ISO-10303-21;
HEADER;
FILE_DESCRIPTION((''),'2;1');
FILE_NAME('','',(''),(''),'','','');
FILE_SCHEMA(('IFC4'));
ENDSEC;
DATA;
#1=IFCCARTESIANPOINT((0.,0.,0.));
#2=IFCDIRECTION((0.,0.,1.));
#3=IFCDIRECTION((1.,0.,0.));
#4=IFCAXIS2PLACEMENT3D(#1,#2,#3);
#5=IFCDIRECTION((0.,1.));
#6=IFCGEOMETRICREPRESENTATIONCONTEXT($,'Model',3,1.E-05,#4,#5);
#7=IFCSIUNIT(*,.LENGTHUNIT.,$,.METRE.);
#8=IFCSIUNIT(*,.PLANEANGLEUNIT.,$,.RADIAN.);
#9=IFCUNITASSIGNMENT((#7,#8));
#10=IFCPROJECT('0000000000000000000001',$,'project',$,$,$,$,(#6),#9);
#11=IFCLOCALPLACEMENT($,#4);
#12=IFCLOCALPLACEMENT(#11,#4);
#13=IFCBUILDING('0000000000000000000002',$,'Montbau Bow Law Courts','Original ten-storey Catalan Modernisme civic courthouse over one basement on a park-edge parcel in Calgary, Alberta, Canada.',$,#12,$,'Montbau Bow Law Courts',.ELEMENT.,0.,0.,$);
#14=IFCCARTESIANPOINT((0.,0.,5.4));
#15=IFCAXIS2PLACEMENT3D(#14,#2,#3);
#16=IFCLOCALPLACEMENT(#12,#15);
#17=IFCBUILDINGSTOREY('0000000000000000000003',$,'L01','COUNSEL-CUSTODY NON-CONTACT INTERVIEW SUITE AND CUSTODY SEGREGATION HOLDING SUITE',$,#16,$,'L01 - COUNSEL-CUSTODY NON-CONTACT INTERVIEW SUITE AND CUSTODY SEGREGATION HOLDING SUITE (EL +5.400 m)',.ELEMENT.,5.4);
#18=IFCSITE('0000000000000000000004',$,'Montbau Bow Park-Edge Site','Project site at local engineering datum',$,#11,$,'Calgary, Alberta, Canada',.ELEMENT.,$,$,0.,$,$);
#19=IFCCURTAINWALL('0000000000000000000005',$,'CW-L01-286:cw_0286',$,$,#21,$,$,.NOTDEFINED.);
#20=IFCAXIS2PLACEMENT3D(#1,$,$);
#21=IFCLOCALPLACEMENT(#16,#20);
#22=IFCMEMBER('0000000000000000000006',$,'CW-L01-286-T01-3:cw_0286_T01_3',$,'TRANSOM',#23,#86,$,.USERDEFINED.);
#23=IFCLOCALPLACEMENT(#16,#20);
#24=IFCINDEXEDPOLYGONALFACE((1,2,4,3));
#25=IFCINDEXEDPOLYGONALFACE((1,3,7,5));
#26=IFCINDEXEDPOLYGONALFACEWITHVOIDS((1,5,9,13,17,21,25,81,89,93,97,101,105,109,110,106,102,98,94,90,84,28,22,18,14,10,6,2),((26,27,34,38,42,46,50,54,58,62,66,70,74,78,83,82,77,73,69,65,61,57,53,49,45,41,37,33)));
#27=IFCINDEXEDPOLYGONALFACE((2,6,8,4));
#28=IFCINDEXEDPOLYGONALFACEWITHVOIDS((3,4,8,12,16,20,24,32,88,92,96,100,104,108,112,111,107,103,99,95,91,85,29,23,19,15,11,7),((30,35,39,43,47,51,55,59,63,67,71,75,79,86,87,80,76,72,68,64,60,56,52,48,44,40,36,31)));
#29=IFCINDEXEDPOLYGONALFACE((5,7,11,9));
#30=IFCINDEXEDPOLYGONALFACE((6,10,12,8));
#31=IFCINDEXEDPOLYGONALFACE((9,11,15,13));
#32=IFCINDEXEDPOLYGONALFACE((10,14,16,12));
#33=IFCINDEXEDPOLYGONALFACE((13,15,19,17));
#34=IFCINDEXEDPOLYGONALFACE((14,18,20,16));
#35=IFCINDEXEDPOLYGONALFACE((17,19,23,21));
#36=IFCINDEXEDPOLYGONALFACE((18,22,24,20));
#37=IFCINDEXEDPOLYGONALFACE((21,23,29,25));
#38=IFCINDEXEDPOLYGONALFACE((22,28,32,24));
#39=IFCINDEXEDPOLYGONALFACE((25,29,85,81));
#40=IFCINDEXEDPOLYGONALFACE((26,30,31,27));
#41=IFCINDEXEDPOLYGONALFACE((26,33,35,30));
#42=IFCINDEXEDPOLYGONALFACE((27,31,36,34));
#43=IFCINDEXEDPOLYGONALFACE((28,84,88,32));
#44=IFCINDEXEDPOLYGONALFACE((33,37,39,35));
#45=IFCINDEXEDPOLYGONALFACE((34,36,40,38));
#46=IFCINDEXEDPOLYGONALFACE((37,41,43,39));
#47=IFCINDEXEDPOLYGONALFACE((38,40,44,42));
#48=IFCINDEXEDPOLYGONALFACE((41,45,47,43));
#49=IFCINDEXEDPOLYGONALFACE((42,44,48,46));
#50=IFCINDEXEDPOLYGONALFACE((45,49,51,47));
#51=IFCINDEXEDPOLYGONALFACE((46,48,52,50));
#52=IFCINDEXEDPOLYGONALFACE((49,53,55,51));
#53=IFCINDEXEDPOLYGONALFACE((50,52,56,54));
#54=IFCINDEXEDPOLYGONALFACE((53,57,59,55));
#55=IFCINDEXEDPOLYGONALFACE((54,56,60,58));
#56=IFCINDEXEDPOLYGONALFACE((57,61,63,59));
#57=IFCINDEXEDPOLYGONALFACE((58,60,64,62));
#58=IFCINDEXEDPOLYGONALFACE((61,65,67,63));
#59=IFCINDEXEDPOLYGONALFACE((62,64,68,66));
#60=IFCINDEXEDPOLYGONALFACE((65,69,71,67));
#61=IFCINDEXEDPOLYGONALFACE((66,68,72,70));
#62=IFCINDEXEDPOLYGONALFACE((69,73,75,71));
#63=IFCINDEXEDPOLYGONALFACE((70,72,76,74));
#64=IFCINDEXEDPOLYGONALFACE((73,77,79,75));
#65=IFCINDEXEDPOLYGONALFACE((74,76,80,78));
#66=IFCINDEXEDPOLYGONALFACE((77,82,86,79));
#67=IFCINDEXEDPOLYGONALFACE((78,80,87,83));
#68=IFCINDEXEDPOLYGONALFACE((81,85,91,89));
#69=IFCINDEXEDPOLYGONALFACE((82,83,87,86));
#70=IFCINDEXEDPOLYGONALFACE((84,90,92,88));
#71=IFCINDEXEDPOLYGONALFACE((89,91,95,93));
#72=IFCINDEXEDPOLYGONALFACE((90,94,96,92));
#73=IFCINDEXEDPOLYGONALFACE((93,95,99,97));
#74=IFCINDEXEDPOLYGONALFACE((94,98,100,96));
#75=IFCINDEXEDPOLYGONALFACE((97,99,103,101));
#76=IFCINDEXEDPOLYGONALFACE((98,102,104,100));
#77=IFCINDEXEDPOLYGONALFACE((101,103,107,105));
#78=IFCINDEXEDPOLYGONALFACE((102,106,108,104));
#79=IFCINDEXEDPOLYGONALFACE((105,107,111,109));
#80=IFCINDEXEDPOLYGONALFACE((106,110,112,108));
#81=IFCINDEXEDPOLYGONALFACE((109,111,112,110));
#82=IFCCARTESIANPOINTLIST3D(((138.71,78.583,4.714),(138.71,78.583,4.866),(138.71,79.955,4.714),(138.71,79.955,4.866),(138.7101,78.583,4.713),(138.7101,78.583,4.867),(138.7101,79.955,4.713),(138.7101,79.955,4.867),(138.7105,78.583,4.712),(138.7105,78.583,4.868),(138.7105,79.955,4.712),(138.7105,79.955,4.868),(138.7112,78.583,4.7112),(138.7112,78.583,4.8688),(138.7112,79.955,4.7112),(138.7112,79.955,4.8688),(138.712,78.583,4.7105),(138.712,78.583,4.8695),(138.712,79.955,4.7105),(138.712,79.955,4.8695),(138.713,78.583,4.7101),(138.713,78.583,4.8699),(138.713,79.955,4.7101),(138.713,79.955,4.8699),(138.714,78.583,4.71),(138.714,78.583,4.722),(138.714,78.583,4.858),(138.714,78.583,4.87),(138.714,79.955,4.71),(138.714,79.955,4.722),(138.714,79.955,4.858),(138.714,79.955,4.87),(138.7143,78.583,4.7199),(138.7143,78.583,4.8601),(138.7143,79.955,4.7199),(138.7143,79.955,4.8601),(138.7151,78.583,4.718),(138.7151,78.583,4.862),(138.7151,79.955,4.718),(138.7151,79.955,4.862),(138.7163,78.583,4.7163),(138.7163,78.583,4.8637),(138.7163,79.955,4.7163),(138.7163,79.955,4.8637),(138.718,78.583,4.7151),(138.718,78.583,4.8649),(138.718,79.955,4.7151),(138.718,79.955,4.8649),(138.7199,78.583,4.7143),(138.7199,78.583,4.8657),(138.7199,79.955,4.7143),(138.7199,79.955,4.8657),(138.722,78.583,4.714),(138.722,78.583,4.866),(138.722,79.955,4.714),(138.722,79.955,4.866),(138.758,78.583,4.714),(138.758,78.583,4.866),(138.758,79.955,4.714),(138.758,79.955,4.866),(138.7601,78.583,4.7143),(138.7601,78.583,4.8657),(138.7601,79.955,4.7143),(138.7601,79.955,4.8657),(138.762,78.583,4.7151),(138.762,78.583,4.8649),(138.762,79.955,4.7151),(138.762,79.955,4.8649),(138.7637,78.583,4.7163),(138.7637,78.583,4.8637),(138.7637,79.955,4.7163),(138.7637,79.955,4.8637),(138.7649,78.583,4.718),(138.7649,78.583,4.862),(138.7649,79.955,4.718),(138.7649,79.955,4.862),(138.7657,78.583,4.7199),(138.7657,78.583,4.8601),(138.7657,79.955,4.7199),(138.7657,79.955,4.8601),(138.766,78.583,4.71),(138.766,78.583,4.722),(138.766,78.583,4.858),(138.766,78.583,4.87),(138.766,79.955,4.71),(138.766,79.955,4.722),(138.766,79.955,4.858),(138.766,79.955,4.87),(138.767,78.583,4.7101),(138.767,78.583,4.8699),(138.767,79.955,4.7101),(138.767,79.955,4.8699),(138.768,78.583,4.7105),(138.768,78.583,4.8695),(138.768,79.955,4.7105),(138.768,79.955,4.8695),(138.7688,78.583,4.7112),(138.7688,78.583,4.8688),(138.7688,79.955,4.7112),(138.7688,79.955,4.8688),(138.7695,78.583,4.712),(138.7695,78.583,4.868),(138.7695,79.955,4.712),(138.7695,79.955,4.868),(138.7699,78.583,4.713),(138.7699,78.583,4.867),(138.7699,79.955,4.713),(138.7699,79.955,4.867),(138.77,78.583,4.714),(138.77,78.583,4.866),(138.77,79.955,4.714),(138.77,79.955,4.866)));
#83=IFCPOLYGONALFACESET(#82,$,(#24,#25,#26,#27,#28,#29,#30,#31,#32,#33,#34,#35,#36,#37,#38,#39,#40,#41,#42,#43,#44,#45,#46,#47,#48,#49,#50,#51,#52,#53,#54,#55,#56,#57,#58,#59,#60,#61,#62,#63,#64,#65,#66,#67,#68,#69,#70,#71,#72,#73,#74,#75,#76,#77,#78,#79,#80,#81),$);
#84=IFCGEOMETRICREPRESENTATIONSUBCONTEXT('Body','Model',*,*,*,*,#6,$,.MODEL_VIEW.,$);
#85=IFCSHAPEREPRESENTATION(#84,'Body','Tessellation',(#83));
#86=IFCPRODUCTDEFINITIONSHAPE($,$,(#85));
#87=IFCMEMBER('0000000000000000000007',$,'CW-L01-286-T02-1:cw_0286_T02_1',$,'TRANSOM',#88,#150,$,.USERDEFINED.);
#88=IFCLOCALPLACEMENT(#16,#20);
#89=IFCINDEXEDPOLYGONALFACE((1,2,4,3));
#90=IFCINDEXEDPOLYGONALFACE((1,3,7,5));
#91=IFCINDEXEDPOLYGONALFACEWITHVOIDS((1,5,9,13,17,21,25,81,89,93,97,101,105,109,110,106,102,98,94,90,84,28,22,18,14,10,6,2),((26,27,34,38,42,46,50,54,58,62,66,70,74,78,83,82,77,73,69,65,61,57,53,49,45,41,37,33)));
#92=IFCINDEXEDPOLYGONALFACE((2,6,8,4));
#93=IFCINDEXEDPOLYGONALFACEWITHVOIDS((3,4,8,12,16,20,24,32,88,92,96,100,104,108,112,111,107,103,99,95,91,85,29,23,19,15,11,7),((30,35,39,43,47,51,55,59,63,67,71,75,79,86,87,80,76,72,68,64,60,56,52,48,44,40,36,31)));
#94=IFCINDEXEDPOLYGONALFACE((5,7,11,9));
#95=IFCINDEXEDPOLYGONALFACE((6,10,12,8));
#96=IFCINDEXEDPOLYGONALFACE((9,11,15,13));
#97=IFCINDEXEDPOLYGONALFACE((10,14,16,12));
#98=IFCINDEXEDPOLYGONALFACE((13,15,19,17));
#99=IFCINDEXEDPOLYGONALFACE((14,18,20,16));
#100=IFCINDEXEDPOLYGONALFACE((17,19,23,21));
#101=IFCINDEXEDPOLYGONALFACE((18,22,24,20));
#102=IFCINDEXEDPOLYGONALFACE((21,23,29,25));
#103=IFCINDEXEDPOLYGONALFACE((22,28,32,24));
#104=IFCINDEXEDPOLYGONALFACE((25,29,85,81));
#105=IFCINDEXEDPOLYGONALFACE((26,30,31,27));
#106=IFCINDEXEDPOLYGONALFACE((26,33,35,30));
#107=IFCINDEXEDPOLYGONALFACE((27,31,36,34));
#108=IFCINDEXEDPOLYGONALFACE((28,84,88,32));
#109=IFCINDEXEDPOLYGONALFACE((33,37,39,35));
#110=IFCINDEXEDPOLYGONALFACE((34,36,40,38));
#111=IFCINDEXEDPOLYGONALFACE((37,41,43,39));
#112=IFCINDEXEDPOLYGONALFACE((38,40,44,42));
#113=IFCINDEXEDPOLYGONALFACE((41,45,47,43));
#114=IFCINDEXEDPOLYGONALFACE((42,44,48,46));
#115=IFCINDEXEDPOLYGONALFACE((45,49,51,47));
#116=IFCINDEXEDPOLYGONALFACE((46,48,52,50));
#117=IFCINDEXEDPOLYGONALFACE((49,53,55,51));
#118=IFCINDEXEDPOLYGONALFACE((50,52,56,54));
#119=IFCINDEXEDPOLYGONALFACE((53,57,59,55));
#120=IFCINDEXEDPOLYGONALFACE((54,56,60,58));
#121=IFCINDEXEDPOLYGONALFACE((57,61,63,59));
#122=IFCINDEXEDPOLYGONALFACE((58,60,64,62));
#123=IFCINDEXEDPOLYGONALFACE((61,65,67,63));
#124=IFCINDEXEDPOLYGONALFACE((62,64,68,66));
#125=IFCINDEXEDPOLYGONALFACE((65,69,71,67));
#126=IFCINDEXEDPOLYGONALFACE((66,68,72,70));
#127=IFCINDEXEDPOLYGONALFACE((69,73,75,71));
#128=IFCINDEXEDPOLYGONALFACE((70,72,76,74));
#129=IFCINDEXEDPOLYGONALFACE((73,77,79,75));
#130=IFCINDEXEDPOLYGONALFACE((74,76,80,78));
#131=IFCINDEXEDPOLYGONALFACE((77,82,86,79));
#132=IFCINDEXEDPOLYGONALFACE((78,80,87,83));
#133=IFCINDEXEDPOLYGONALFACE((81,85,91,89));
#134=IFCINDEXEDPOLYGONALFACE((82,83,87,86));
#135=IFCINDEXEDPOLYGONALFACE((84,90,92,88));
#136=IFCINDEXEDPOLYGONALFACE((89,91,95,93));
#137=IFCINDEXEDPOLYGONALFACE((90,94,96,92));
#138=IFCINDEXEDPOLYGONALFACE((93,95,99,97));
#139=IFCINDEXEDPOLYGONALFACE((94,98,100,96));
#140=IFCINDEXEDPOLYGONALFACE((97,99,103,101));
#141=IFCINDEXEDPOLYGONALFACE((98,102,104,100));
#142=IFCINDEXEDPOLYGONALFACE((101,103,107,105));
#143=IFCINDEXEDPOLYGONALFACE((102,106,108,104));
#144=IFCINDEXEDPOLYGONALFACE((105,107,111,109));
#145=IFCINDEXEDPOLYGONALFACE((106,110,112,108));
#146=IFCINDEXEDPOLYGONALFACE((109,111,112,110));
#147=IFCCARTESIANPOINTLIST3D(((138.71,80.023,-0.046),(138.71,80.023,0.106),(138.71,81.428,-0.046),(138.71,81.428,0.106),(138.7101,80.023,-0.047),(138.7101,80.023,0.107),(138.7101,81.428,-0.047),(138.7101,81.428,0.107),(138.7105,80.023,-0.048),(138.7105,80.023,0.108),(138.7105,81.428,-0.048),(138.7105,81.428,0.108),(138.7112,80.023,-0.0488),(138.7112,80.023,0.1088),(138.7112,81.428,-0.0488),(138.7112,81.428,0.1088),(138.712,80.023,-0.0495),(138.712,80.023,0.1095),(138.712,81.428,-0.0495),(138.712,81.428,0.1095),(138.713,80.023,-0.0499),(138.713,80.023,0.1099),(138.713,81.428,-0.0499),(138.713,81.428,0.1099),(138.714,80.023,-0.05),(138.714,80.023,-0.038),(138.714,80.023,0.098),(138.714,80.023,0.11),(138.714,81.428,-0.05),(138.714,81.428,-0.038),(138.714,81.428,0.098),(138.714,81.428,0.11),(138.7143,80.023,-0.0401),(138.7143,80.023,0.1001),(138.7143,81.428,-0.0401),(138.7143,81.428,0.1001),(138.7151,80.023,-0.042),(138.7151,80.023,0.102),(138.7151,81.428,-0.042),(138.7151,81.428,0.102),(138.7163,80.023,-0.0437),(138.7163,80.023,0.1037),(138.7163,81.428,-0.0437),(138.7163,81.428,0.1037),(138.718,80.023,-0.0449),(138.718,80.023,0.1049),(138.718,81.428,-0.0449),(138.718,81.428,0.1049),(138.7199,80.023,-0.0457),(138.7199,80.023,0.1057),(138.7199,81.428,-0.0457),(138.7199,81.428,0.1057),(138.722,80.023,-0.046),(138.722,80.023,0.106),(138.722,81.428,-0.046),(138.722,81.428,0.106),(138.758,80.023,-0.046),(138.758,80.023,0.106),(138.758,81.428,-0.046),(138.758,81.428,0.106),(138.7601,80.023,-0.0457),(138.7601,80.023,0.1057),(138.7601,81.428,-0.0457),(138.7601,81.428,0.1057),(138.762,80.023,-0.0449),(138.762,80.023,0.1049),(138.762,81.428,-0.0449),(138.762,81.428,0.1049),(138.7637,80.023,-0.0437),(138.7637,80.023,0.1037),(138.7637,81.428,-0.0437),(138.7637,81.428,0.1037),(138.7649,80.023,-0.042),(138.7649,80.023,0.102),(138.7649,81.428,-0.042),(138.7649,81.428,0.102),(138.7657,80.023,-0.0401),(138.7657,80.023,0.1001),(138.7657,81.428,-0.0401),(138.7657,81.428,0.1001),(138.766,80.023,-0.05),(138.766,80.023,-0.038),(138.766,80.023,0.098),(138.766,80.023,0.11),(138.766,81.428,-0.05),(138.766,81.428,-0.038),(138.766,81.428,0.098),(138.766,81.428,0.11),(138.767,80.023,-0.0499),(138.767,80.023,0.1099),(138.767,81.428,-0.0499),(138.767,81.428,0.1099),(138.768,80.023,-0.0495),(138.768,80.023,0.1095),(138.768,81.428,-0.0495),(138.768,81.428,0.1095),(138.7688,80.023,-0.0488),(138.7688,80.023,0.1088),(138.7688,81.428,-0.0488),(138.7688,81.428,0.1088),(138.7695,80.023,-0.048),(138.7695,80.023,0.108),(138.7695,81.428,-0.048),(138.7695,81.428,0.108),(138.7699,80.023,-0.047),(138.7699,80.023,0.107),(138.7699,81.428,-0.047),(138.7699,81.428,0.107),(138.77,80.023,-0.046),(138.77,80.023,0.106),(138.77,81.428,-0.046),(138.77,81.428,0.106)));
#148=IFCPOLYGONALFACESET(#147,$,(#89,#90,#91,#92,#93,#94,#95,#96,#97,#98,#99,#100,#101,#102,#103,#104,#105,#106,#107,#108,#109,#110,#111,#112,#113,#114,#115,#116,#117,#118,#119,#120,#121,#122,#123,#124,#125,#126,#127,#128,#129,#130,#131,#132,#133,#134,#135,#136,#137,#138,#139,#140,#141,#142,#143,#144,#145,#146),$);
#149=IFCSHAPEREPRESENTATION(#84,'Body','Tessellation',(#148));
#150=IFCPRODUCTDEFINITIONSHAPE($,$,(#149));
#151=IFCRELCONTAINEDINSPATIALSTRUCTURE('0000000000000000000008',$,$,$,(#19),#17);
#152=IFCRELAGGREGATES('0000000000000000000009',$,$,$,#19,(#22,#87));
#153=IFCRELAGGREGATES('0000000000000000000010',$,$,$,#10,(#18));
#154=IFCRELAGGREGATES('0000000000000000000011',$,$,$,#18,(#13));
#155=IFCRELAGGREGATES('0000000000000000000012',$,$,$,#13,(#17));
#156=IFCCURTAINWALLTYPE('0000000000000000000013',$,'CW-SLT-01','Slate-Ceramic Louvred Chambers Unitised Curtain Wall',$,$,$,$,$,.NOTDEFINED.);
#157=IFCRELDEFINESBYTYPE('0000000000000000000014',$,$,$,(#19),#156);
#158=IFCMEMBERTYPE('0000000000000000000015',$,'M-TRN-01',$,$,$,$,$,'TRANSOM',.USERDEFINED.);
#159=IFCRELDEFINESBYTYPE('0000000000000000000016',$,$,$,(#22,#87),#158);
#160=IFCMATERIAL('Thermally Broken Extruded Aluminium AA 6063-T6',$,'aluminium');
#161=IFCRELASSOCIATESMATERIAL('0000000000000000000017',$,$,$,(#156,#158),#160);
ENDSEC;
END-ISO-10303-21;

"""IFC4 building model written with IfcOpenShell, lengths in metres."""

from ifc_helpers import new_model, si_unit, direction, frame, origin_with_axes, origin_2d_with_axis, place, context, subcontext, project, spatial, hollow_rectangle, extrude, material, material_profile, profile_set, type_object, element, aggregate, save


model = new_model("IFC4")

# Units and contexts
model_context = context("Model", 3, precision=1e-05, world=origin_with_axes(), true_north=direction((0.0, 1.0)))
body_context = subcontext(model_context, "Body", "Model", "MODEL_VIEW")
ifc_project = project(units=[si_unit("LENGTHUNIT", "METRE"), si_unit("PLANEANGLEUNIT", "RADIAN")], contexts=[model_context])

# Site, building, storey
site_placement = place(None, origin_with_axes())
site = spatial("IfcSite", under=ifc_project, at=site_placement, Name="Montbau Bow Park-Edge Site", Description="Project site at local engineering datum", LongName="Calgary, Alberta, Canada", CompositionType="ELEMENT", RefElevation=0.0)
building_placement = place(site_placement, origin_with_axes())
building = spatial("IfcBuilding", under=site, at=building_placement, Name="Montbau Bow Law Courts", Description="Original ten-storey Catalan Modernisme civic courthouse over one basement on a park-edge parcel in Calgary, Alberta, Canada.", LongName="Montbau Bow Law Courts", CompositionType="ELEMENT", ElevationOfRefHeight=0.0, ElevationOfTerrain=0.0)
storey_placement = place(building_placement, frame((0.0, 0.0, 5.4), z_axis=(0.0, 0.0, 1.0), x_axis=(1.0, 0.0, 0.0)))
storey = spatial("IfcBuildingStorey", under=building, at=storey_placement, Name="L01", Description="COUNSEL-CUSTODY NON-CONTACT INTERVIEW SUITE AND CUSTODY SEGREGATION HOLDING SUITE", LongName="L01 - COUNSEL-CUSTODY NON-CONTACT INTERVIEW SUITE AND CUSTODY SEGREGATION HOLDING SUITE (EL +5.400 m)", CompositionType="ELEMENT", Elevation=5.4)

# Curtain wall, members
ifc_material_1 = material(Name="Thermally Broken Extruded Aluminium AA 6063-T6", Category="aluminium")
curtain_wall_type = type_object("IfcCurtainWallType", Name="CW-SLT-01", Description="Slate-Ceramic Louvred Chambers Unitised Curtain Wall", PredefinedType="NOTDEFINED", material=ifc_material_1)
curtain_wall_1_placement = place(None, frame((138.74, 78.515, 5.4), z_axis=(0.0, 0.0, 1.0), x_axis=(1.0, 0.0, 0.0)))
curtain_wall_1 = element("IfcCurtainWall", 1, at=curtain_wall_1_placement, inside=storey, type_object=curtain_wall_type, Name="CW-L01-286:cw_0286", PredefinedType="NOTDEFINED")
ifc_material_profile_1 = material_profile(ifc_material_1, hollow_rectangle(XDim=0.06, YDim=0.16, WallThickness=0.004, InnerFilletRadius=0.008, OuterFilletRadius=0.004, at=origin_2d_with_axis()), Name="CWT-160X60", Category="Main", Priority=0)
ifc_profile_set_1 = profile_set([ifc_material_profile_1], Name="Thermally Broken Extruded Aluminium AA 6063-T6")
member_type_1 = type_object("IfcMemberType", Name="M-TRN-01", ElementType="TRANSOM", PredefinedType="USERDEFINED", material=ifc_profile_set_1)
member_1_placement = place(None, frame((138.74, 78.583, 10.19), z_axis=(0.0, 1.0, 0.0), x_axis=(-1.0, 0.0, 0.0)))
member_1 = element("IfcMember", 2, at=member_1_placement, type_object=member_type_1, Name="CW-L01-286-T01-3:cw_0286_T01_3", ObjectType="TRANSOM", PredefinedType="USERDEFINED", context=body_context, shape_type="SweptSolid", body=[
    extrude(hollow_rectangle(XDim=0.06, YDim=0.16, WallThickness=0.004, InnerFilletRadius=0.008, OuterFilletRadius=0.004, at=origin_2d_with_axis()), origin_with_axes(), (0.0, 0.0, 1.0), 1.372),
])
member_2_placement = place(None, frame((138.74, 80.023, 5.43), z_axis=(0.0, 1.0, 0.0), x_axis=(-1.0, 0.0, 0.0)))
member_2 = element("IfcMember", 3, at=member_2_placement, type_object=member_type_1, Name="CW-L01-286-T02-1:cw_0286_T02_1", ObjectType="TRANSOM", PredefinedType="USERDEFINED", context=body_context, shape_type="SweptSolid", body=[
    extrude(hollow_rectangle(XDim=0.06, YDim=0.16, WallThickness=0.004, InnerFilletRadius=0.008, OuterFilletRadius=0.004, at=origin_2d_with_axis()), origin_with_axes(), (0.0, 0.0, 1.0), 1.405),
])

aggregate(curtain_wall_1, [member_1, member_2])

save(model, "model.ifc")
